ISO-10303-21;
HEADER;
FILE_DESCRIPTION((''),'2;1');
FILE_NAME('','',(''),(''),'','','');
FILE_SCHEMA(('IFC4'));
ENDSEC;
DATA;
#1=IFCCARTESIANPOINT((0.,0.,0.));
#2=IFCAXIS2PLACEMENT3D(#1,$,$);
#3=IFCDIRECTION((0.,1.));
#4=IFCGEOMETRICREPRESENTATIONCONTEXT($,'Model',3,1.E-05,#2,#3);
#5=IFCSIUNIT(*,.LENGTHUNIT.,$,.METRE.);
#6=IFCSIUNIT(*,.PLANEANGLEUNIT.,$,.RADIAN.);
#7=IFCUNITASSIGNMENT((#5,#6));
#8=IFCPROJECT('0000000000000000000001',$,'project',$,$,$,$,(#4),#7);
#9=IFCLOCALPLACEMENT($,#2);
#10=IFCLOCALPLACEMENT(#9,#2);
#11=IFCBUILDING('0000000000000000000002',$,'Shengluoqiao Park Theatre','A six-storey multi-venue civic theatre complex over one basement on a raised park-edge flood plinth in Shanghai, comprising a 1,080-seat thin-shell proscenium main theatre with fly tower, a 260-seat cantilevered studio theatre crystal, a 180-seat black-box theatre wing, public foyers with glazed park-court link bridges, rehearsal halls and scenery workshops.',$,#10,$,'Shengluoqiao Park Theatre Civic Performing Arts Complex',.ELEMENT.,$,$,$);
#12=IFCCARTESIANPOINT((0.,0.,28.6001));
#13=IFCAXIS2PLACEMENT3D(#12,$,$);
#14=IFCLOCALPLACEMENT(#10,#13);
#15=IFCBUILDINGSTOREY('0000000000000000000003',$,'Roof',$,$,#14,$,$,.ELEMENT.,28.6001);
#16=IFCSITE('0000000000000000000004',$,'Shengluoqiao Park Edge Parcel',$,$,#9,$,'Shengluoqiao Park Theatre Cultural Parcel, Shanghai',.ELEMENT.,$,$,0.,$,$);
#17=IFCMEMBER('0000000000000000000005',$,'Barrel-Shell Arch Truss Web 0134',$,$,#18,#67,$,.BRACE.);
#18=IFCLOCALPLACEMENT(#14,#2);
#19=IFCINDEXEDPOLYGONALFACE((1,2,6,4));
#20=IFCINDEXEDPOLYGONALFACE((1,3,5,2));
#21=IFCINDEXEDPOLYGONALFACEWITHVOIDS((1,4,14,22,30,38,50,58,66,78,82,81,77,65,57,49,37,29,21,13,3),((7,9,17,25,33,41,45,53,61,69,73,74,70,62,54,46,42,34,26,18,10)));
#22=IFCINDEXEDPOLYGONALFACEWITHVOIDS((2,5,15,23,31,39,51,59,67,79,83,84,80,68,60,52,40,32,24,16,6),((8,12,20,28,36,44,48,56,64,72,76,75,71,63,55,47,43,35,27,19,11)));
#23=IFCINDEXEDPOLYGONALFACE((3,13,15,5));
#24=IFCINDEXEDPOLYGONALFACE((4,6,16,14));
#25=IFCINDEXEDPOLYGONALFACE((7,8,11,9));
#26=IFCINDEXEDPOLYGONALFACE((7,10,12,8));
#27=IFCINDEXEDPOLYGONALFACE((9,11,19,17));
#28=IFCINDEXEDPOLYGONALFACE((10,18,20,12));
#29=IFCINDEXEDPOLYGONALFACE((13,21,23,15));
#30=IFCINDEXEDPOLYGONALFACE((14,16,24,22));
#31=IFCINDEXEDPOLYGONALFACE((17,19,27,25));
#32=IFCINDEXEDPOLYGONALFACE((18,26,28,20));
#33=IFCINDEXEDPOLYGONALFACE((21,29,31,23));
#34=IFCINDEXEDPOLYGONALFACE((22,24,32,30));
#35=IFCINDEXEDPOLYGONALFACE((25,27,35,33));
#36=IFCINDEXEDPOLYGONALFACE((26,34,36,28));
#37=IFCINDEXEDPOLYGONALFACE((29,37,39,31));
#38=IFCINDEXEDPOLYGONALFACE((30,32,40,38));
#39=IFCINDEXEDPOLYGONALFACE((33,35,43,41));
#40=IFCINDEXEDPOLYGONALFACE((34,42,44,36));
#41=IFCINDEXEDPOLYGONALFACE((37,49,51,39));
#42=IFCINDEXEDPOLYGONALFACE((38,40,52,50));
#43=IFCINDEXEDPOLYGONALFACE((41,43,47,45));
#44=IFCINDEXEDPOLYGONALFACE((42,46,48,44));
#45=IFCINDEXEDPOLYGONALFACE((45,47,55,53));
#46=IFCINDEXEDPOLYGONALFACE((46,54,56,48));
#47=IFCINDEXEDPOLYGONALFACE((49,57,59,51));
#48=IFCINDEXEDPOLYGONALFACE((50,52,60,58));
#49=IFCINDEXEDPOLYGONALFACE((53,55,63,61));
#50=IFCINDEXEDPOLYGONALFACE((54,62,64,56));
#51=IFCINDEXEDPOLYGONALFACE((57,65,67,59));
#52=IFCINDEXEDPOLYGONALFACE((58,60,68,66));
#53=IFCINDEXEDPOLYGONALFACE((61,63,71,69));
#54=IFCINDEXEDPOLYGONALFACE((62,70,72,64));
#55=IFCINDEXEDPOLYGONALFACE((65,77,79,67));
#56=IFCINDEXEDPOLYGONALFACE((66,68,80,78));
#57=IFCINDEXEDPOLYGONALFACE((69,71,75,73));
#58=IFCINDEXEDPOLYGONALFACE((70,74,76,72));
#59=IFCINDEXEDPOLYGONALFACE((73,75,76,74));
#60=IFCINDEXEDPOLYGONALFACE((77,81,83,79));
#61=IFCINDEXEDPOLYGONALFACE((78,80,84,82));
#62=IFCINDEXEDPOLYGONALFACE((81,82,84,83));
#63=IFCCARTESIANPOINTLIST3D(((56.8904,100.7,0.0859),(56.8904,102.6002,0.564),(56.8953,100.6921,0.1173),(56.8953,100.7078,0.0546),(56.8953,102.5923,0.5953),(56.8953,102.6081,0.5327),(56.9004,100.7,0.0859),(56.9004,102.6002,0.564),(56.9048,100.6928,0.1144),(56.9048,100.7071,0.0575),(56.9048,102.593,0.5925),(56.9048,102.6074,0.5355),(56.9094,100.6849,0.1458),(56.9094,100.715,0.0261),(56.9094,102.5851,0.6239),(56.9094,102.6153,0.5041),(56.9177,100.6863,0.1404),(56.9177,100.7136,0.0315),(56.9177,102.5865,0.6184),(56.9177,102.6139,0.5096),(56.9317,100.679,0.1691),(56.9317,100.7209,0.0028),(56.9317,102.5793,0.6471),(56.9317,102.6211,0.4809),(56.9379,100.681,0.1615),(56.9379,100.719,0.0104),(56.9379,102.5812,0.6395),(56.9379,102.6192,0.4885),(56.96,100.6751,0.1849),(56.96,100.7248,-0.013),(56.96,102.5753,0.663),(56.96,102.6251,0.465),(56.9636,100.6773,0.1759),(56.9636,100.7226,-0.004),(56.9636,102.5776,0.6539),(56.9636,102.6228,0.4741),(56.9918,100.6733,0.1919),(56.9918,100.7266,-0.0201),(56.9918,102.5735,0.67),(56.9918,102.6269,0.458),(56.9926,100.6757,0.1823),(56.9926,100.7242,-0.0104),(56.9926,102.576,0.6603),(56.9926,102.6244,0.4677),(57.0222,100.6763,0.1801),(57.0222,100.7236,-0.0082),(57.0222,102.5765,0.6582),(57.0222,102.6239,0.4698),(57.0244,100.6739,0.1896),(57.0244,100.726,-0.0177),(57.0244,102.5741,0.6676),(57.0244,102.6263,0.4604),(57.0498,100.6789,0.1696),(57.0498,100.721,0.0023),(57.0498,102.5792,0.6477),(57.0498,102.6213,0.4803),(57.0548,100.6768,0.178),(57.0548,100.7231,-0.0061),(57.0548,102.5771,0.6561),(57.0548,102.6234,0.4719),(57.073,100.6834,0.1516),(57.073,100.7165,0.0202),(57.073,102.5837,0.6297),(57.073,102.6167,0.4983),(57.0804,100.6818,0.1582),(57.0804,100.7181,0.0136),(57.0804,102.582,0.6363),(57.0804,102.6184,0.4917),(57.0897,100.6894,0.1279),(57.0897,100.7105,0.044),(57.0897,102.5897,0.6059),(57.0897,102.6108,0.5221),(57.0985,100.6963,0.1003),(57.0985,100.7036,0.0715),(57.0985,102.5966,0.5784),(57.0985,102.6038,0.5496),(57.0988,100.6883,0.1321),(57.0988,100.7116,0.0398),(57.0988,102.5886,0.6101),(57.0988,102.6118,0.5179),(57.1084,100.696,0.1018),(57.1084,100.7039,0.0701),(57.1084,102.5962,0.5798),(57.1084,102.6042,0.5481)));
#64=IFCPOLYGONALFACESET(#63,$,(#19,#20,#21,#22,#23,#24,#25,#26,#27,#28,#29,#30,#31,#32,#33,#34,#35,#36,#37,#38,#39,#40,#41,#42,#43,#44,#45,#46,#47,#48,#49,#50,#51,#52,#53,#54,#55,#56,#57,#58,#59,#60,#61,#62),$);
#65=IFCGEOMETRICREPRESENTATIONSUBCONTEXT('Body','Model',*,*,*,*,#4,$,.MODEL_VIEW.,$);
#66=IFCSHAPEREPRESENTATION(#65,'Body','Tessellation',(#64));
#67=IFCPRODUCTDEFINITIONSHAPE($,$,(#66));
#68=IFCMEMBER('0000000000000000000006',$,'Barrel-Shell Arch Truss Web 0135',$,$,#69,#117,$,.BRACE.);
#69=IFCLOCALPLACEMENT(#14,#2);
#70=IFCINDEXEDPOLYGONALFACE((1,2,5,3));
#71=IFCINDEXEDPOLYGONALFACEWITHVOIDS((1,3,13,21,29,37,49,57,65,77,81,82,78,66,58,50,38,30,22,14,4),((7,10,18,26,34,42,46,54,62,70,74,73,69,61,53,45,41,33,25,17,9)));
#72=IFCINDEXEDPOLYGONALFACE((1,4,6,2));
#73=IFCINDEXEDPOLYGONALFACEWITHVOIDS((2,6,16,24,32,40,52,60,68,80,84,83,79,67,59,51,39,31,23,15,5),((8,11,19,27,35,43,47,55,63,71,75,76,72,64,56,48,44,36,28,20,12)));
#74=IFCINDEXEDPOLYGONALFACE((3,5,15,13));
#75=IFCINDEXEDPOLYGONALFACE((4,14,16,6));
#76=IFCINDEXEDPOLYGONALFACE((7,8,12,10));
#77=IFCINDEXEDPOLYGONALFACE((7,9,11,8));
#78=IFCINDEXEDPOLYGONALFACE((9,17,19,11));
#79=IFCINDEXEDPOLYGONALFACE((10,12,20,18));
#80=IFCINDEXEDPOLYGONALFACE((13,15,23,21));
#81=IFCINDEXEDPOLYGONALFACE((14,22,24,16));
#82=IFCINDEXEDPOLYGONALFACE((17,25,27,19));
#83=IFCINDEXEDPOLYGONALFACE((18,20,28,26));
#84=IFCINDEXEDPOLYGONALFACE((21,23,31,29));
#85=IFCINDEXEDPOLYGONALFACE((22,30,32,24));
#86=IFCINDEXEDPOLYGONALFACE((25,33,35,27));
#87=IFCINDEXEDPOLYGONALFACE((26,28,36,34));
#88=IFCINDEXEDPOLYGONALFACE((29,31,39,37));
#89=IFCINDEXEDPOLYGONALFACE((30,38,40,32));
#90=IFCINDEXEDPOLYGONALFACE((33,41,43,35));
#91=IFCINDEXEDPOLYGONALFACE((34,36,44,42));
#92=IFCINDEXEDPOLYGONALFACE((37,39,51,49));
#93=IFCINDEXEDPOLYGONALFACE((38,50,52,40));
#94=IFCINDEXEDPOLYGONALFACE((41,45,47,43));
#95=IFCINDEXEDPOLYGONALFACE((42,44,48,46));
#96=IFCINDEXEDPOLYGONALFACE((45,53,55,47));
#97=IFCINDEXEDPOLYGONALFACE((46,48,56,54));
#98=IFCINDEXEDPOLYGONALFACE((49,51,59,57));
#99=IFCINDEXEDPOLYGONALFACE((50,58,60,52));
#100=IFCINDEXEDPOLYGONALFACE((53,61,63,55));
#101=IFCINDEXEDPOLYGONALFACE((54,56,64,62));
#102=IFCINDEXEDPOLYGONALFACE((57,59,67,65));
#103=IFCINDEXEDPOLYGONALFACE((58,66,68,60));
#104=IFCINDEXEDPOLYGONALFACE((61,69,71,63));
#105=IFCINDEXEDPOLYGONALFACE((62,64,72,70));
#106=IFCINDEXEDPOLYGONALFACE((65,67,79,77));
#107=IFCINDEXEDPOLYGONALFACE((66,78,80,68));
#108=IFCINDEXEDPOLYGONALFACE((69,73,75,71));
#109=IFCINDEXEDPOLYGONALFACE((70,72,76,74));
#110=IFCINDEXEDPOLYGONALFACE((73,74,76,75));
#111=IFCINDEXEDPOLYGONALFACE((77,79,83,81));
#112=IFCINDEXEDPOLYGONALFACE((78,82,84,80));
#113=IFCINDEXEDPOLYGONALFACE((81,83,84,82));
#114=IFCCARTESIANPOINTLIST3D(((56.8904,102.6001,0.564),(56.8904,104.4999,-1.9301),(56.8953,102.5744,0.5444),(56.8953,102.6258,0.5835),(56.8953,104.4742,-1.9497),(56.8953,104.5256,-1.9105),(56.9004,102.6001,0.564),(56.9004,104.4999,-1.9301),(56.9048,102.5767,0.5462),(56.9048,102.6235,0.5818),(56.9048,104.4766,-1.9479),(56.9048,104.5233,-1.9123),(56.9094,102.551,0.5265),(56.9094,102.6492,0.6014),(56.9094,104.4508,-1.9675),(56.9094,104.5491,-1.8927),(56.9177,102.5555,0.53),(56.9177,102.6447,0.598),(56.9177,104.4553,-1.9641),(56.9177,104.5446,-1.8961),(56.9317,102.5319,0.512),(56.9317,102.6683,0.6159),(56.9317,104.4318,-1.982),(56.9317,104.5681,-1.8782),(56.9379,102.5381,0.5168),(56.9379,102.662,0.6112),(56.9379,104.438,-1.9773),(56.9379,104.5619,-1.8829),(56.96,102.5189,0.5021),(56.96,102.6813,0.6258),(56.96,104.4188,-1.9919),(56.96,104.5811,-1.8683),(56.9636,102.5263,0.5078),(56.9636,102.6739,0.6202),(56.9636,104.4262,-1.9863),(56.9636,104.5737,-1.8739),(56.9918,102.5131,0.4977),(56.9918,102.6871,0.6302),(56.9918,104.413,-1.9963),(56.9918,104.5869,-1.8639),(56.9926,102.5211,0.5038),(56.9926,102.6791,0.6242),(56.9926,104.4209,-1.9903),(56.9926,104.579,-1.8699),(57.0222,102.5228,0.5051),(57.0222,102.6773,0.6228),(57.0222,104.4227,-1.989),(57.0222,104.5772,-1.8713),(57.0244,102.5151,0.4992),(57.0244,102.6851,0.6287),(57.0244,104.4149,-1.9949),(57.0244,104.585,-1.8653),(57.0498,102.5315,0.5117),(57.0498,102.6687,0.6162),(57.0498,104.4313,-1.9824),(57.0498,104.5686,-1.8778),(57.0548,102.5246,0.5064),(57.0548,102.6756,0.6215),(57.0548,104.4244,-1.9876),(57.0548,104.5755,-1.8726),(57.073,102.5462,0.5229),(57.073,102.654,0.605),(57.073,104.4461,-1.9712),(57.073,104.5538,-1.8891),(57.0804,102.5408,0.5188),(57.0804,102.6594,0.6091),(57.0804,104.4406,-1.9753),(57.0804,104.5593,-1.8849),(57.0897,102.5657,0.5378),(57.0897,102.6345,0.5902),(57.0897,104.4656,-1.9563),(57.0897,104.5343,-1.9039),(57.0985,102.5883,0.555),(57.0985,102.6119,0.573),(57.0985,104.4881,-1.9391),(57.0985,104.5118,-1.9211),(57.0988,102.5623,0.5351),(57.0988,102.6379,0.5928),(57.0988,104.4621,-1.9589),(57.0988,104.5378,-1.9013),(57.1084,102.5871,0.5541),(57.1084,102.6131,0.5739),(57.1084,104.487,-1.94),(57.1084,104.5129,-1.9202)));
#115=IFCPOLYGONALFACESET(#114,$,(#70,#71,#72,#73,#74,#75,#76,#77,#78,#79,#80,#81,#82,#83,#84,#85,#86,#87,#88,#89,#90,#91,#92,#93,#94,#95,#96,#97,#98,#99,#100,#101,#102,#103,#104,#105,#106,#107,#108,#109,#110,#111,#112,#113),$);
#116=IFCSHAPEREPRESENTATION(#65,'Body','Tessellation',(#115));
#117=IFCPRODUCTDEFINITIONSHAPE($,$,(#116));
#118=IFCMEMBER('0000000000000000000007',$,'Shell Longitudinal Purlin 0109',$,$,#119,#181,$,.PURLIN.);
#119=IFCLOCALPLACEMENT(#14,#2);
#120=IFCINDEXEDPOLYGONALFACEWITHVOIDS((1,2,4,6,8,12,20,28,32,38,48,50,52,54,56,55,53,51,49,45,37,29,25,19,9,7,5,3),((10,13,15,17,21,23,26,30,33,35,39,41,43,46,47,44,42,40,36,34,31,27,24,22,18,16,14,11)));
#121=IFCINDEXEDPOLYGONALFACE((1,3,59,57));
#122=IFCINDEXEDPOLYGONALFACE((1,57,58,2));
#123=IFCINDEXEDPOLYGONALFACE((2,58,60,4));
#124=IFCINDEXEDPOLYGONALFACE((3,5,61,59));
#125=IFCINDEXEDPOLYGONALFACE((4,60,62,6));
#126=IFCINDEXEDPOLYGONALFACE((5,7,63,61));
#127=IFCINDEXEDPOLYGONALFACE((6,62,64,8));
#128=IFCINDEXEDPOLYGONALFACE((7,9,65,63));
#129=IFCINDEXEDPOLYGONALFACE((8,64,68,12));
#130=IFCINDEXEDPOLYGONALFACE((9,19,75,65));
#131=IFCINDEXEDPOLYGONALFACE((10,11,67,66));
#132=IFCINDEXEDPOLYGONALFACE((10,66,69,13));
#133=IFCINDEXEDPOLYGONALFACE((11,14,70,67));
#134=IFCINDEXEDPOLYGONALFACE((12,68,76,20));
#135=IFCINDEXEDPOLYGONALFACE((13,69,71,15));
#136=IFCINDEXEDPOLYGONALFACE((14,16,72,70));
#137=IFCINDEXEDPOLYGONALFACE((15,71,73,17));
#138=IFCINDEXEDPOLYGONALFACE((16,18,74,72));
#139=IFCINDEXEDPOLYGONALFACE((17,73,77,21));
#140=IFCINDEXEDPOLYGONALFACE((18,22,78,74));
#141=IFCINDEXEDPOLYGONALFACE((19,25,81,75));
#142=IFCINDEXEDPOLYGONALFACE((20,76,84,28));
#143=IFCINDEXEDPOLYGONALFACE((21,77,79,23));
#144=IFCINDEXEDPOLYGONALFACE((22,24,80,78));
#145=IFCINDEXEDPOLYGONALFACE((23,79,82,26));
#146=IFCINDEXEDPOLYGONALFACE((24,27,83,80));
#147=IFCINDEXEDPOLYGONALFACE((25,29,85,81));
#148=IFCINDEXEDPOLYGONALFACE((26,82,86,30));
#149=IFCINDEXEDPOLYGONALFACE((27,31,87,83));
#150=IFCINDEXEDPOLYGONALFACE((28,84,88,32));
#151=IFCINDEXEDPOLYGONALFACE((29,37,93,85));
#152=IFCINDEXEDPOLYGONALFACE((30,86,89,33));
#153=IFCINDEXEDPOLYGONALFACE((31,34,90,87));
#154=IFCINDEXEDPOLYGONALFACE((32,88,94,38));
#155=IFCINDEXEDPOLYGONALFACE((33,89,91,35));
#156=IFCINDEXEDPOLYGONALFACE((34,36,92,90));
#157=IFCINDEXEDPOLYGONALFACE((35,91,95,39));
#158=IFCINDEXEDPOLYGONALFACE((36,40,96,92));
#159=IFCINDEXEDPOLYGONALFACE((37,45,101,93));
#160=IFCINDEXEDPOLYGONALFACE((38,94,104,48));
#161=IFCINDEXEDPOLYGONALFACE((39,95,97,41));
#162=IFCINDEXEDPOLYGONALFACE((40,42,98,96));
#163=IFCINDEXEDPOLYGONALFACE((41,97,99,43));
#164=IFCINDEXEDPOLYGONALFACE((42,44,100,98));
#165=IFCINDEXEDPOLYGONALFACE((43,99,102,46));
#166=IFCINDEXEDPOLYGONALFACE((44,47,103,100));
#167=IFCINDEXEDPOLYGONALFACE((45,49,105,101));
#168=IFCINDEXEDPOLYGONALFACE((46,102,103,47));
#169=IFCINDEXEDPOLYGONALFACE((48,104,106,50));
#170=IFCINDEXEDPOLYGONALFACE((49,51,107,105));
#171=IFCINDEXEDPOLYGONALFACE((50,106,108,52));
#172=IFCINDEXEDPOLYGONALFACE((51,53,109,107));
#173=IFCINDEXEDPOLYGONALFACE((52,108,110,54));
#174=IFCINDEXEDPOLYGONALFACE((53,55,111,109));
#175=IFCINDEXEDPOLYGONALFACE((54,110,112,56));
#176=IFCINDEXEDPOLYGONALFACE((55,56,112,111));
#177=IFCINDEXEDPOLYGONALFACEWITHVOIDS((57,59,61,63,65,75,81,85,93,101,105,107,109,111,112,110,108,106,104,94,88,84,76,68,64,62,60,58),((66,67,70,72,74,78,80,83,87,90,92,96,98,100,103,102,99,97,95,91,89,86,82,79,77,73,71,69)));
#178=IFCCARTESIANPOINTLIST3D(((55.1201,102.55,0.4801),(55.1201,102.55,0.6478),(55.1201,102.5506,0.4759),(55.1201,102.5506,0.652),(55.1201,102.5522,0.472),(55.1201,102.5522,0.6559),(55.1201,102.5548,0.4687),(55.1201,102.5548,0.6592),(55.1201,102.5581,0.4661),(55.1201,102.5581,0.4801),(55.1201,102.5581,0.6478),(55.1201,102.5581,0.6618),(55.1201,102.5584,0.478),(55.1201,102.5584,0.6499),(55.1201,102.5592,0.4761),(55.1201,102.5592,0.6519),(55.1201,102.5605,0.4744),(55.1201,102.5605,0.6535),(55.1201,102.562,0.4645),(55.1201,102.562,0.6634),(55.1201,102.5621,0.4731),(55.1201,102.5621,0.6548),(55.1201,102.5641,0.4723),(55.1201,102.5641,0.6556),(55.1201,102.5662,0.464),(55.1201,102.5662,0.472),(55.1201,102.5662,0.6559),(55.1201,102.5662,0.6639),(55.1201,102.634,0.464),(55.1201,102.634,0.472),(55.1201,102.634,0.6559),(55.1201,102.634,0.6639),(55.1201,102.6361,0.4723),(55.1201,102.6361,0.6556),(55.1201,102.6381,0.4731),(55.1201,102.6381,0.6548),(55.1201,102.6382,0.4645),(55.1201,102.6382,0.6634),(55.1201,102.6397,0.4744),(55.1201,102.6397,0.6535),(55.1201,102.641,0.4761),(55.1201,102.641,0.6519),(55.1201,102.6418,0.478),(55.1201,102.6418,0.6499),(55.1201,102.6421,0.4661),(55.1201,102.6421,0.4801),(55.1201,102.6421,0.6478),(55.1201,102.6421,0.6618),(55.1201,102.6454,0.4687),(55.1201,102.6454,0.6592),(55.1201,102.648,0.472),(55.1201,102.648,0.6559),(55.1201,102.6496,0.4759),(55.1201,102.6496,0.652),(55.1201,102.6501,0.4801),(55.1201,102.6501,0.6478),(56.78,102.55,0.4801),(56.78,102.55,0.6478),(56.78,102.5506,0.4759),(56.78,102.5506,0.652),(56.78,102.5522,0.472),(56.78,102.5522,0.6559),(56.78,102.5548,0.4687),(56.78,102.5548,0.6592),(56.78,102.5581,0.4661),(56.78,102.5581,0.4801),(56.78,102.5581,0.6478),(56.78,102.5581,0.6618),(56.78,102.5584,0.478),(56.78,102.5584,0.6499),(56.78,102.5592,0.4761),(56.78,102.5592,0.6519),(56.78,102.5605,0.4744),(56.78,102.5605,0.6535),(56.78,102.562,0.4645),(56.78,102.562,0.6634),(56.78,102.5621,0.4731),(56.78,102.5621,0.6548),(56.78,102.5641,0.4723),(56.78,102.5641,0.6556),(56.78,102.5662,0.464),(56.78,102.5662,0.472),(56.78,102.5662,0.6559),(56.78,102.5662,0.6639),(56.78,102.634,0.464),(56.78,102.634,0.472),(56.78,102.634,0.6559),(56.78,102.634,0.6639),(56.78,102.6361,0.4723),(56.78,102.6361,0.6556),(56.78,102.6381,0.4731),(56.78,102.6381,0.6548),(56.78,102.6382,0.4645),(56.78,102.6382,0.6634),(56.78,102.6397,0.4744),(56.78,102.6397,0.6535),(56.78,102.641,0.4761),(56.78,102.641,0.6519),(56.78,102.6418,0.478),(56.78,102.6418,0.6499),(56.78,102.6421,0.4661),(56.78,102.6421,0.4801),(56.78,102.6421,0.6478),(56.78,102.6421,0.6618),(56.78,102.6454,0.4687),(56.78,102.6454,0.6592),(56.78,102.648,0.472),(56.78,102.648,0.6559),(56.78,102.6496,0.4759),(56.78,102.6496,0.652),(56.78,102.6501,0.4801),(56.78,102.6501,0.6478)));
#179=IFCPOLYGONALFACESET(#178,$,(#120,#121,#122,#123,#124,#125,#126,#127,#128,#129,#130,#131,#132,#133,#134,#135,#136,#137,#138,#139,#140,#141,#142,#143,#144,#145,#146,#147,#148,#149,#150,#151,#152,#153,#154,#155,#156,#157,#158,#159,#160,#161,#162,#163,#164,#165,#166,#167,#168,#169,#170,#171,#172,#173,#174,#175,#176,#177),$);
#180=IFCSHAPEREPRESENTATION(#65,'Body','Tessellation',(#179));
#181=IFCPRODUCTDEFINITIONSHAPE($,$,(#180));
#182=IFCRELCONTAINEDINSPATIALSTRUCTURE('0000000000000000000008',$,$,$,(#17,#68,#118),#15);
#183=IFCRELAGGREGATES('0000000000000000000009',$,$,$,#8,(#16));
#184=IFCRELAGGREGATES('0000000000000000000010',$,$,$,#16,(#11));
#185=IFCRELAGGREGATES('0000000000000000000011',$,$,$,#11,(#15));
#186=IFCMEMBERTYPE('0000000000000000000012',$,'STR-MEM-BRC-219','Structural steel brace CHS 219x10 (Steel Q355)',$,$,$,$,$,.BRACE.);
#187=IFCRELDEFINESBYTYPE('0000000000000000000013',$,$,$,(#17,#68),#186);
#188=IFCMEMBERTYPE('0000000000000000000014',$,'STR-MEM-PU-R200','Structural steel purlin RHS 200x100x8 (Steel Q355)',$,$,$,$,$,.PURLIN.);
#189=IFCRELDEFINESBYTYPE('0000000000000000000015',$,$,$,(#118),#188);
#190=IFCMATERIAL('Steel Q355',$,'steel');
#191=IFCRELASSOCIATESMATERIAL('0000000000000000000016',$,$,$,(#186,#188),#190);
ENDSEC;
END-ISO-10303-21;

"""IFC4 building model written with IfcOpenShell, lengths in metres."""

from ifc_helpers import new_model, si_unit, direction, frame, origin, origin_2d, place, context, subcontext, project, spatial, hollow_rectangle, hollow_circle, extrude, material, material_profile, profile_set, type_object, element, save


model = new_model("IFC4")

# Units and contexts
model_context = context("Model", 3, precision=1e-05, world=origin(), true_north=direction((0.0, 1.0)))
body_context = subcontext(model_context, "Body", "Model", "MODEL_VIEW")
ifc_project = project(units=[si_unit("LENGTHUNIT", "METRE"), si_unit("PLANEANGLEUNIT", "RADIAN")], contexts=[model_context])

# Site, building, storey
site_placement = place(None, origin())
site = spatial("IfcSite", under=ifc_project, at=site_placement, Name="Shengluoqiao Park Edge Parcel", LongName="Shengluoqiao Park Theatre Cultural Parcel, Shanghai", CompositionType="ELEMENT", RefElevation=0.0)
building_placement = place(site_placement, origin())
building = spatial("IfcBuilding", under=site, at=building_placement, Name="Shengluoqiao Park Theatre", Description="A six-storey multi-venue civic theatre complex over one basement on a raised park-edge flood plinth in Shanghai, comprising a 1,080-seat thin-shell proscenium main theatre with fly tower, a 260-seat cantilevered studio theatre crystal, a 180-seat black-box theatre wing, public foyers with glazed park-court link bridges, rehearsal halls and scenery workshops.", LongName="Shengluoqiao Park Theatre Civic Performing Arts Complex", CompositionType="ELEMENT")
storey_placement = place(building_placement, frame((0.0, 0.0, 28.6001)))
storey = spatial("IfcBuildingStorey", under=building, at=storey_placement, Name="Roof", CompositionType="ELEMENT", Elevation=28.6001)

# Shared definitions
ifc_material_1 = material(Name="Steel Q355", Category="steel")

# Members
ifc_material_profile_1 = material_profile(ifc_material_1, hollow_circle(Radius=0.1096, WallThickness=0.01, at=origin_2d()), Name="CHS 219x10")
ifc_profile_set_1 = profile_set([ifc_material_profile_1], Name="Steel Q355")
member_type_1 = type_object("IfcMemberType", Name="STR-MEM-BRC-219", Description="Structural steel brace CHS 219x10 (Steel Q355)", PredefinedType="BRACE", material=ifc_profile_set_1)
member_1_placement = place(storey_placement, frame((57.0, 100.7, 0.0859), z_axis=(0.0, 0.969782, 0.243972), x_axis=(-1.0, 0.0, 0.0)))
element("IfcMember", 1, at=member_1_placement, inside=storey, type_object=member_type_1, Name="Barrel-Shell Arch Truss Web 0134", PredefinedType="BRACE", context=body_context, shape_type="SweptSolid", body=[
    extrude(hollow_circle(Radius=0.1096, WallThickness=0.01, at=origin_2d()), origin(), (0.0, 0.0, 1.0), 1.9595),
])
member_2_placement = place(storey_placement, frame((57.0, 102.6001, 0.564), z_axis=(0.0, 0.605963, -0.795492), x_axis=(-1.0, 0.0, 0.0)))
element("IfcMember", 2, at=member_2_placement, inside=storey, type_object=member_type_1, Name="Barrel-Shell Arch Truss Web 0135", PredefinedType="BRACE", context=body_context, shape_type="SweptSolid", body=[
    extrude(hollow_circle(Radius=0.1096, WallThickness=0.01, at=origin_2d()), origin(), (0.0, 0.0, 1.0), 3.1353),
])
ifc_material_profile_2 = material_profile(ifc_material_1, hollow_rectangle(XDim=0.1001, YDim=0.2, WallThickness=0.0081, InnerFilletRadius=0.0081, OuterFilletRadius=0.0161, at=origin_2d()), Name="RHS 200x100x8")
ifc_profile_set_2 = profile_set([ifc_material_profile_2], Name="Steel Q355")
member_type_2 = type_object("IfcMemberType", Name="STR-MEM-PU-R200", Description="Structural steel purlin RHS 200x100x8 (Steel Q355)", PredefinedType="PURLIN", material=ifc_profile_set_2)
member_3_placement = place(storey_placement, frame((55.1201, 102.6001, 0.564), z_axis=(1.0, 0.0, 0.0), x_axis=(0.0, 1.0, 0.0)))
element("IfcMember", 3, at=member_3_placement, inside=storey, type_object=member_type_2, Name="Shell Longitudinal Purlin 0109", PredefinedType="PURLIN", context=body_context, shape_type="SweptSolid", body=[
    extrude(hollow_rectangle(XDim=0.1001, YDim=0.2, WallThickness=0.0081, InnerFilletRadius=0.0081, OuterFilletRadius=0.0161, at=origin_2d()), origin(), (0.0, 0.0, 1.0), 1.6599),
])

save(model, "model.ifc")
